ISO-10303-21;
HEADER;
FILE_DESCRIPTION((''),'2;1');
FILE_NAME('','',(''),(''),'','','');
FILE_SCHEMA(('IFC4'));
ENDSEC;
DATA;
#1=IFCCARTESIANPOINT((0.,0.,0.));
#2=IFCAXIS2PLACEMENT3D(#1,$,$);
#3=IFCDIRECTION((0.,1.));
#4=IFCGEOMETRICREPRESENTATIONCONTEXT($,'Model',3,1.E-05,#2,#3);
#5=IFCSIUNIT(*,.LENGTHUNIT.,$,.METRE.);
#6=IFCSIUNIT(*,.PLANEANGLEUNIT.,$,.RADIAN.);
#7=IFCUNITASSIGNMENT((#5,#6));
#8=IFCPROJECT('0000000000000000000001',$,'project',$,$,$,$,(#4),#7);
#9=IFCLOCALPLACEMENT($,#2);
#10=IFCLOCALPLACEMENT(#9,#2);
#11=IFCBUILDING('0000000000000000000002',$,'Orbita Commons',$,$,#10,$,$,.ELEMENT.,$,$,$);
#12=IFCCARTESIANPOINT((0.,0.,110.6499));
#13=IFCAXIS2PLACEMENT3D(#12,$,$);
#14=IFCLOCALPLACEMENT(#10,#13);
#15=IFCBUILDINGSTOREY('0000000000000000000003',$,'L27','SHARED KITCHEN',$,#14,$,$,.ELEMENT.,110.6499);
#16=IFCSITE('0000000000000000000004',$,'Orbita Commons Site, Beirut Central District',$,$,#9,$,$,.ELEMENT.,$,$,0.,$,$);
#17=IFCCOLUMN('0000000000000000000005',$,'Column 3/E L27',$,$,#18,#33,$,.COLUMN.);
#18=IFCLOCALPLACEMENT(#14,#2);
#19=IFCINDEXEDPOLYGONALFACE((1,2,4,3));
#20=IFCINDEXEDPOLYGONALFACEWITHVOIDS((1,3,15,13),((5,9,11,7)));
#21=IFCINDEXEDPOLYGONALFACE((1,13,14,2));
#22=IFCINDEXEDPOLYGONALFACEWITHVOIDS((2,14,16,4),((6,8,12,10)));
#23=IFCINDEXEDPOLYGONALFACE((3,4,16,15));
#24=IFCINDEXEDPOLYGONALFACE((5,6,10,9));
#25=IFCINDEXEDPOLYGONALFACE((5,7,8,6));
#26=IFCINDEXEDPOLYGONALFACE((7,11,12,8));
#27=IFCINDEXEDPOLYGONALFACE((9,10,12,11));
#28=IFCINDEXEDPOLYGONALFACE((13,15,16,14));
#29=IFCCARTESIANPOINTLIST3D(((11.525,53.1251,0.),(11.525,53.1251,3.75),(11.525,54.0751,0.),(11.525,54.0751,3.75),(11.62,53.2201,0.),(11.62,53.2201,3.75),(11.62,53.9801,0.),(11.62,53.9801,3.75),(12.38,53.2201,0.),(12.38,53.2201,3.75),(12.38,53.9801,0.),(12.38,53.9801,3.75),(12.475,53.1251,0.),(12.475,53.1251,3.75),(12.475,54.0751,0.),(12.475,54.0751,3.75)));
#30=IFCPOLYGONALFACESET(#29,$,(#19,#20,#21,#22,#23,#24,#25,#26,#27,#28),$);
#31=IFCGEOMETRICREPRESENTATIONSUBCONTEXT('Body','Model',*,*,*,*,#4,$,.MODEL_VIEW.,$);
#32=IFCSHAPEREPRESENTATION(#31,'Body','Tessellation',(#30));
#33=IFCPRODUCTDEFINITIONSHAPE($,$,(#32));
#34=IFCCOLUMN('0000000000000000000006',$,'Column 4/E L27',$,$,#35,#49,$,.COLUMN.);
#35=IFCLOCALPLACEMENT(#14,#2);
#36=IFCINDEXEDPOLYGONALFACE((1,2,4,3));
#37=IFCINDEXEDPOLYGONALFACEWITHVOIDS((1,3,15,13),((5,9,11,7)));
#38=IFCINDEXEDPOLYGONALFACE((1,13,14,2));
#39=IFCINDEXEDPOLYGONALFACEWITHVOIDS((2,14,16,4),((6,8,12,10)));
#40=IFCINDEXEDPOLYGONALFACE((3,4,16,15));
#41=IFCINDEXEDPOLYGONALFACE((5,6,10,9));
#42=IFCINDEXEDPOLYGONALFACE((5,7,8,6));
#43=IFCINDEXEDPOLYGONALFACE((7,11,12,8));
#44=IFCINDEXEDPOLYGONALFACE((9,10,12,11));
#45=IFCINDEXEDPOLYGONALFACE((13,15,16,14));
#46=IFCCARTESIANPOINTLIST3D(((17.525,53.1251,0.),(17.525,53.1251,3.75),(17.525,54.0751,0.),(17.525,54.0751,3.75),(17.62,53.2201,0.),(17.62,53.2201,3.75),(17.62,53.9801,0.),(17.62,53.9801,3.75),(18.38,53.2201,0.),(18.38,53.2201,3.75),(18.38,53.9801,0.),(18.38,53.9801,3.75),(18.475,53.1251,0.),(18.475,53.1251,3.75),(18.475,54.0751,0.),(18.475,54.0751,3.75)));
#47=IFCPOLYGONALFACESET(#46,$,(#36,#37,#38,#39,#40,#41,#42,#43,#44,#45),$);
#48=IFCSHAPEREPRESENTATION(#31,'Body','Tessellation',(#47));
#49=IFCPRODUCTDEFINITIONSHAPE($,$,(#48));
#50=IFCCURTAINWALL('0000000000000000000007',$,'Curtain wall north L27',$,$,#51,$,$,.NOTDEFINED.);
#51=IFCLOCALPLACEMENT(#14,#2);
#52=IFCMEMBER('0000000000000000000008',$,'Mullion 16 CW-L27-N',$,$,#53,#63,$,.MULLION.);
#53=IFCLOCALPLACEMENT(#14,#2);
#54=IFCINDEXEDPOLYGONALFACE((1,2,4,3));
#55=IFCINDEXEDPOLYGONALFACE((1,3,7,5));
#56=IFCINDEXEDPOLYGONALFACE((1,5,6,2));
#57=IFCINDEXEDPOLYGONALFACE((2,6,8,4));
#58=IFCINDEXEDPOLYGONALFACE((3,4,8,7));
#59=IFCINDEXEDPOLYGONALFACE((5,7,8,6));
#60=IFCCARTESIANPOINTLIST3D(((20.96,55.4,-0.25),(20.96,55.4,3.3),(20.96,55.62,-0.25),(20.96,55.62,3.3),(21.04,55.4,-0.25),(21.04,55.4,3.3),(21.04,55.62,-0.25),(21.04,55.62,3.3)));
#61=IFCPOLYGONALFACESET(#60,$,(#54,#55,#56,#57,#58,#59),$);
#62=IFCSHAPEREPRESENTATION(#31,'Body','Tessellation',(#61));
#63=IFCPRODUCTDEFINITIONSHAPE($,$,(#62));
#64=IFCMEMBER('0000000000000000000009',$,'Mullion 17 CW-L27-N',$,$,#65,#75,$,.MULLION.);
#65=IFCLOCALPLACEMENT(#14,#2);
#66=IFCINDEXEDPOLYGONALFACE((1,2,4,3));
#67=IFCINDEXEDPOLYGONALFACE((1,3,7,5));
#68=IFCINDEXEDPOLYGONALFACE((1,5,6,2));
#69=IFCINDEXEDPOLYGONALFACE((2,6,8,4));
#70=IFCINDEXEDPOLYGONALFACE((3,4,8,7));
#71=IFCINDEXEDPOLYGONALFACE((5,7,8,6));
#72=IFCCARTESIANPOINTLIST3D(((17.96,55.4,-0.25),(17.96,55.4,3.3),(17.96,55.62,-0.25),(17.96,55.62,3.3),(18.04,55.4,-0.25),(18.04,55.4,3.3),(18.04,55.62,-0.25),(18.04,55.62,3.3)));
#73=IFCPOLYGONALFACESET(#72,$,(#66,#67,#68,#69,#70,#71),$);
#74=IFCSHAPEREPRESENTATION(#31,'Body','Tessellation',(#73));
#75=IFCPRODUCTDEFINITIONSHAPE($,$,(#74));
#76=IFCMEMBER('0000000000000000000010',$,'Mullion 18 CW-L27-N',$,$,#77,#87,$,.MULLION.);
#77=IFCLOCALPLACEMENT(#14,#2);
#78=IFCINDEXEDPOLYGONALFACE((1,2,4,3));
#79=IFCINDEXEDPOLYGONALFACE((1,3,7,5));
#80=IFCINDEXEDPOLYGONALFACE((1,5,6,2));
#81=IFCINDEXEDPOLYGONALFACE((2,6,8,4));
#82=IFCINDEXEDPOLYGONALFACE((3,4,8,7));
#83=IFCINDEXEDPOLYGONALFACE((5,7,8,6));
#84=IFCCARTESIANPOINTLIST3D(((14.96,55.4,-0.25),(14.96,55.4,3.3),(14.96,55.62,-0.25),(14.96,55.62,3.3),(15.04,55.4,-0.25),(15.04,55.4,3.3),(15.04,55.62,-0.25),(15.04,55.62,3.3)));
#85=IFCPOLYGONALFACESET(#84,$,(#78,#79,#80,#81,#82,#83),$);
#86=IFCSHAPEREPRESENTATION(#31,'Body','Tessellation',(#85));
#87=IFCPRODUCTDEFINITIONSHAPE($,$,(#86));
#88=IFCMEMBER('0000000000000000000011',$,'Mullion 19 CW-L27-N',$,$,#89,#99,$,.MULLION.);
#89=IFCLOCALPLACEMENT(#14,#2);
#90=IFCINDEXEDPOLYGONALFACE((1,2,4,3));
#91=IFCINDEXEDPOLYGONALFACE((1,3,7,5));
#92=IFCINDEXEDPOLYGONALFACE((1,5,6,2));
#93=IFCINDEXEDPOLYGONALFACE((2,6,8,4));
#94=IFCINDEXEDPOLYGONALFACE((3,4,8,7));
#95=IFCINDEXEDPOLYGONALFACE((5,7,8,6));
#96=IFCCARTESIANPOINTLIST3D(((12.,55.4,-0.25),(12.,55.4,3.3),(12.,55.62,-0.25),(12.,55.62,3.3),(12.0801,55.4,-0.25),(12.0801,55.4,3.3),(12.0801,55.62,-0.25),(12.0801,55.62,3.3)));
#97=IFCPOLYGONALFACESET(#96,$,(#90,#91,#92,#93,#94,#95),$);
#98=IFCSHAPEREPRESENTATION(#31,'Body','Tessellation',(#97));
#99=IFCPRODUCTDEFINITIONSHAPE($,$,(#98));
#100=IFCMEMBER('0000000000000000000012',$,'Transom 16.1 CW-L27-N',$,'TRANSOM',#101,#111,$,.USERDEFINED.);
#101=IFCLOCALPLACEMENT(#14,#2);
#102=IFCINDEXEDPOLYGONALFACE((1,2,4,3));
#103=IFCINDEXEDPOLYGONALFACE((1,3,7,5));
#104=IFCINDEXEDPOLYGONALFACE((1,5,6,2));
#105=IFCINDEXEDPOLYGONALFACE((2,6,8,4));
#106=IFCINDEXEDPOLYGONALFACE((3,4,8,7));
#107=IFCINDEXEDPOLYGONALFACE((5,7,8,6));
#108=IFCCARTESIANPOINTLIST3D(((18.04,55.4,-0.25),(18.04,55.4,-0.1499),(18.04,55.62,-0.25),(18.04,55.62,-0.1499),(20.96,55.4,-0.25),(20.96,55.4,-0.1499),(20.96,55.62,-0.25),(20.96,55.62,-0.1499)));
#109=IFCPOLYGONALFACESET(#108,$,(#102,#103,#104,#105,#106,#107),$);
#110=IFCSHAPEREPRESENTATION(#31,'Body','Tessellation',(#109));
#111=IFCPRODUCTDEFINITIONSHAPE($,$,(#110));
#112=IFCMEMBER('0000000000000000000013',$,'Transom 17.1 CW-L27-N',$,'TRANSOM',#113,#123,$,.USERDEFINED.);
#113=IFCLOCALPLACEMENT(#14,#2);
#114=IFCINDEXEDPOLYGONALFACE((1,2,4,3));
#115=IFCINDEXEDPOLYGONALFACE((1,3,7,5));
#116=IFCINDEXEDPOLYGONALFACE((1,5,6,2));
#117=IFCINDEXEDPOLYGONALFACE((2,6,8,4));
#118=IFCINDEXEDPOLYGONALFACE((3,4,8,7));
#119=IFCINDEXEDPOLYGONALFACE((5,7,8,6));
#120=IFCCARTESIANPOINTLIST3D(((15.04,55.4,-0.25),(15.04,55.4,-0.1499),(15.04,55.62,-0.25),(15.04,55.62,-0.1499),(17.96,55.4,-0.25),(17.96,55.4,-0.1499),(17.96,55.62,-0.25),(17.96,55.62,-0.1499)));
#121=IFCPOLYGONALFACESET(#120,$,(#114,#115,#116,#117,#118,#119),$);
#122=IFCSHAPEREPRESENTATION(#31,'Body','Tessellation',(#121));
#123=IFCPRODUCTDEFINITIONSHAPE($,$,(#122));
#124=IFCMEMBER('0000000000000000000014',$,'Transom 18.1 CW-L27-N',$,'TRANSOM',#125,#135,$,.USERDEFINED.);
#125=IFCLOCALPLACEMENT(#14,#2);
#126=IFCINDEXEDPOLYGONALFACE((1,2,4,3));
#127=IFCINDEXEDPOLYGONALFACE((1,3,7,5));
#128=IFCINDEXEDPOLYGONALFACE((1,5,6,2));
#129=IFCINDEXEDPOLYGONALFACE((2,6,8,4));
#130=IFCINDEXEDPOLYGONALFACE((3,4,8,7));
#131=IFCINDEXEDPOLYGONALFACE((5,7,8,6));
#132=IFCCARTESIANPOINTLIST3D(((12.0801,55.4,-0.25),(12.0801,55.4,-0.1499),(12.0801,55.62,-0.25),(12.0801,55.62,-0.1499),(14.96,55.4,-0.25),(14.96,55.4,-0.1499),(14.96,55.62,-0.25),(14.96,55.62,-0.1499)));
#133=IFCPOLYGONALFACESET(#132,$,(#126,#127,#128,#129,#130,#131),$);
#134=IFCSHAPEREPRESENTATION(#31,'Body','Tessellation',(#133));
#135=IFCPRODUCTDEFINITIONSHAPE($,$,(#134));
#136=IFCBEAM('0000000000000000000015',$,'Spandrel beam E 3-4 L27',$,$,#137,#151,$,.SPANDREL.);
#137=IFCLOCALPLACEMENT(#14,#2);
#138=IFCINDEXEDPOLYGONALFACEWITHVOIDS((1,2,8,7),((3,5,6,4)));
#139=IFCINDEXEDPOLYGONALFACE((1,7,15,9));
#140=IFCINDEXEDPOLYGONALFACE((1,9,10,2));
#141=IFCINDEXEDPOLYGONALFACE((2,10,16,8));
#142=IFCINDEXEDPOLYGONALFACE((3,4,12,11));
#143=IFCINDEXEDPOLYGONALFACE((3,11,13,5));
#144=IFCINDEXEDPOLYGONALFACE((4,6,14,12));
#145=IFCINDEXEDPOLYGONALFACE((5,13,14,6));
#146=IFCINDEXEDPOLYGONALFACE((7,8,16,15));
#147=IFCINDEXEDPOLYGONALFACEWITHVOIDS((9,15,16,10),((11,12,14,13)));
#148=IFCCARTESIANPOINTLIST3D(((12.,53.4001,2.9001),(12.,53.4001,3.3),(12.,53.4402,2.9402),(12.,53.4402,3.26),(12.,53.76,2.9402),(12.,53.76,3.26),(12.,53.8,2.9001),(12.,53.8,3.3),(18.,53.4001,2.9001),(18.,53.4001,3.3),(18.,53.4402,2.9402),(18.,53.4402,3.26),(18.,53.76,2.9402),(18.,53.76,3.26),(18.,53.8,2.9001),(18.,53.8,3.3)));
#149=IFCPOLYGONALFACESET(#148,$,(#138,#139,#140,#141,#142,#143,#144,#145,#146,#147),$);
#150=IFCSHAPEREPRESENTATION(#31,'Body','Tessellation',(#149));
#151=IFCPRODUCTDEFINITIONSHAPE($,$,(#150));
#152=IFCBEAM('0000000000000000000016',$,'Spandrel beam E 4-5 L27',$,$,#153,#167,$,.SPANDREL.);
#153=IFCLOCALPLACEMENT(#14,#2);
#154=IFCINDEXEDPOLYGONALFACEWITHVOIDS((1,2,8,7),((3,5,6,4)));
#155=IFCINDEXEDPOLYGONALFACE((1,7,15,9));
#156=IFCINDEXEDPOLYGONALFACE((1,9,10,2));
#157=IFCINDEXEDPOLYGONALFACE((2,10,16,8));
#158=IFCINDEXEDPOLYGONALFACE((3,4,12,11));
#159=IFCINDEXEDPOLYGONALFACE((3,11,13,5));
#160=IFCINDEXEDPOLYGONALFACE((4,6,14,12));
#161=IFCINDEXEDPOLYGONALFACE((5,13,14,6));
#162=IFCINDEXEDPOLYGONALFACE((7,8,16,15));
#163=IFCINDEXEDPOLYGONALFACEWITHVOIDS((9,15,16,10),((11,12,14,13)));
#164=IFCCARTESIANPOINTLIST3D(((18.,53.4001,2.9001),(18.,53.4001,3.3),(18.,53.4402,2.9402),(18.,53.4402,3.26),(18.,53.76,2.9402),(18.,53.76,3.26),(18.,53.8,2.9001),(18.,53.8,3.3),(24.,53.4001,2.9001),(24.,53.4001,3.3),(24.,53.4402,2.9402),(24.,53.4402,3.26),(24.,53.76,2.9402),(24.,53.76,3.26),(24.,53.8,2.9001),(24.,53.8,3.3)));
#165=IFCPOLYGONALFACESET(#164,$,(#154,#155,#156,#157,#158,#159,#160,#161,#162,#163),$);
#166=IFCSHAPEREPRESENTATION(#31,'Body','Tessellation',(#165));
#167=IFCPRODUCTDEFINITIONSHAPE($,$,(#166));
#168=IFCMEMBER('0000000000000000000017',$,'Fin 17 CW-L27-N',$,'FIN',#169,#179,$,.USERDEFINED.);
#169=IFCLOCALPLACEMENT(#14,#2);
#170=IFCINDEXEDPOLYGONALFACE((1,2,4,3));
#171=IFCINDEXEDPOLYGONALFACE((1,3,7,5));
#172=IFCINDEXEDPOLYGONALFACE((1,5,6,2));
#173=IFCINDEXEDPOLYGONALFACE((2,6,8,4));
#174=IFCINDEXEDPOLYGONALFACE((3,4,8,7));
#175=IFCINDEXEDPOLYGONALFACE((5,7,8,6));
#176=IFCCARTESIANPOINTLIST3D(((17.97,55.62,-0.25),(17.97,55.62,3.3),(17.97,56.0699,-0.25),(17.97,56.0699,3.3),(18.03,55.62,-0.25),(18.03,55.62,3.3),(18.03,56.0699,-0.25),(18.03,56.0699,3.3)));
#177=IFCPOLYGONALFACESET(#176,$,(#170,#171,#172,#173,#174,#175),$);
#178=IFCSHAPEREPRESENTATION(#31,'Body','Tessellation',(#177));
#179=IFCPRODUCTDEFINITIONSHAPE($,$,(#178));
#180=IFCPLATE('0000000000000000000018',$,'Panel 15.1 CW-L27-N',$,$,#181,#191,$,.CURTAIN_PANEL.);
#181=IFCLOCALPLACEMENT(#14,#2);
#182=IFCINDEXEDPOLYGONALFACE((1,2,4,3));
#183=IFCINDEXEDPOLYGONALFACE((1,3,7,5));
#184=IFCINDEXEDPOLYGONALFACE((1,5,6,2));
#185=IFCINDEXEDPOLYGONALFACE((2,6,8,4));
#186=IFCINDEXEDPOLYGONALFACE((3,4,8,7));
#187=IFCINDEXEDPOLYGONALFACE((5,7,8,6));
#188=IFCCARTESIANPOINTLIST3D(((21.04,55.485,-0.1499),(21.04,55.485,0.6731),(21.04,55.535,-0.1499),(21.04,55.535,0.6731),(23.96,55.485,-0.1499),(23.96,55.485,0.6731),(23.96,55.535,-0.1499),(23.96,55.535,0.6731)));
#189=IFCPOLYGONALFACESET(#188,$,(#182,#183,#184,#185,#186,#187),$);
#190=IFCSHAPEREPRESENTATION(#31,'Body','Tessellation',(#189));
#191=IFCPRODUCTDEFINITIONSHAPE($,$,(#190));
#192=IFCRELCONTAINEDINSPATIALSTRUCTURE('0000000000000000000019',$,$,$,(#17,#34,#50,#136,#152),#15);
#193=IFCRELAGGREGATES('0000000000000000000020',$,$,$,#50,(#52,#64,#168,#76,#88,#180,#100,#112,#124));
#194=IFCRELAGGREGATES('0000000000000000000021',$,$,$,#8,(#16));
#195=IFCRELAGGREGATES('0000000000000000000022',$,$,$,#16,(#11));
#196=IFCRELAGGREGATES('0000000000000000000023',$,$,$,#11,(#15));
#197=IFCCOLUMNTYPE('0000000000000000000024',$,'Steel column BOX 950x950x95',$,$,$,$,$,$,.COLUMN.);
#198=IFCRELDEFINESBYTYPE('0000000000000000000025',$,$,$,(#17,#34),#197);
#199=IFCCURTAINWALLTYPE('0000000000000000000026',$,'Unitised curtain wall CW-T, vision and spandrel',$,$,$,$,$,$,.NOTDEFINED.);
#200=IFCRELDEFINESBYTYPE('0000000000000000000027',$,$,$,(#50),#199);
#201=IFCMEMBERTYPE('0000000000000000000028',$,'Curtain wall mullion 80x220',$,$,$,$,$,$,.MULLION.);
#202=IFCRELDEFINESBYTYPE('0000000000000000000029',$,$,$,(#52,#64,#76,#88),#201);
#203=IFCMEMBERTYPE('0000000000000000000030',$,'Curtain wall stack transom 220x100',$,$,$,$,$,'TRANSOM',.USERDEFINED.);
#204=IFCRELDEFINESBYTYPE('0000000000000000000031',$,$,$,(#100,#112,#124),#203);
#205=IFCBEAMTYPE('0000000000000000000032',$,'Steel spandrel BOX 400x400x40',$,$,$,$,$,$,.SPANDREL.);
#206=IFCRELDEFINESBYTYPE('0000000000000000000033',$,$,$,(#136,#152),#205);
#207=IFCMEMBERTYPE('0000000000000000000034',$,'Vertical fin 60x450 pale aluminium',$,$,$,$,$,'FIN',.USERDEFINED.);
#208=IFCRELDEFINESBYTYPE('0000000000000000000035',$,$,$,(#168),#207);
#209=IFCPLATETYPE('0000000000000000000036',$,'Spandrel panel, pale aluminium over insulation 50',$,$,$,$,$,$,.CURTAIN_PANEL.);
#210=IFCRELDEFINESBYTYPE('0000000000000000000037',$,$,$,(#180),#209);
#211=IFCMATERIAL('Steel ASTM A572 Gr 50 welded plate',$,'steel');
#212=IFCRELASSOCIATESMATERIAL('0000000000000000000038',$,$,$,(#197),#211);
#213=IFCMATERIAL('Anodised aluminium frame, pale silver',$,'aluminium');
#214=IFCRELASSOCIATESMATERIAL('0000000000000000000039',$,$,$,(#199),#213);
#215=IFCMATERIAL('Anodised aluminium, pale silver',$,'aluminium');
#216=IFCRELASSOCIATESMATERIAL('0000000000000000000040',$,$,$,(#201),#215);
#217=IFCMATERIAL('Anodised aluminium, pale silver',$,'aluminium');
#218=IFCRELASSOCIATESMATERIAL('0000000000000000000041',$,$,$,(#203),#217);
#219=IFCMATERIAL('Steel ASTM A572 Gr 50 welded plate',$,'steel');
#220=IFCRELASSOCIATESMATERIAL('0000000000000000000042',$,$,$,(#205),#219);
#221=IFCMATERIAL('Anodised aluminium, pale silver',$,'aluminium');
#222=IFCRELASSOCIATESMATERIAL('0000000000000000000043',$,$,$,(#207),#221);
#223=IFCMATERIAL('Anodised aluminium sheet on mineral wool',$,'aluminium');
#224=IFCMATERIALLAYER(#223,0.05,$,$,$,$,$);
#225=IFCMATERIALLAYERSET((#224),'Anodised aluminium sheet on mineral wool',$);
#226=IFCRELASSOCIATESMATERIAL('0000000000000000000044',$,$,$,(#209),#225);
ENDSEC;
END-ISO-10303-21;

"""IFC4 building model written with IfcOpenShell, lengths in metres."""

from ifc_helpers import new_model, si_unit, direction, frame, origin, origin_2d, place, context, subcontext, project, spatial, rectangle, hollow_rectangle, extrude, material, layer, layer_set, material_profile, profile_set, type_object, element, aggregate, save


model = new_model("IFC4")

# Units and contexts
model_context = context("Model", 3, precision=1e-05, world=origin(), true_north=direction((0.0, 1.0)))
body_context = subcontext(model_context, "Body", "Model", "MODEL_VIEW")
ifc_project = project(units=[si_unit("LENGTHUNIT", "METRE"), si_unit("PLANEANGLEUNIT", "RADIAN")], contexts=[model_context])

# Site, building, storey
site_placement = place(None, origin())
site = spatial("IfcSite", under=ifc_project, at=site_placement, Name="Orbita Commons Site, Beirut Central District", CompositionType="ELEMENT", RefElevation=0.0)
building_placement = place(site_placement, origin())
building = spatial("IfcBuilding", under=site, at=building_placement, Name="Orbita Commons", CompositionType="ELEMENT")
storey_placement = place(building_placement, frame((0.0, 0.0, 110.6499)))
storey = spatial("IfcBuildingStorey", under=building, at=storey_placement, Name="L27", Description="SHARED KITCHEN", CompositionType="ELEMENT", Elevation=110.6499)

# Columns
ifc_material_1 = material(Name="Steel ASTM A572 Gr 50 welded plate", Category="steel")
ifc_material_profile_1 = material_profile(ifc_material_1, hollow_rectangle(XDim=0.95, YDim=0.95, WallThickness=0.095, at=origin_2d()), Name="BOX 950x950x95")
ifc_profile_set_1 = profile_set([ifc_material_profile_1], Name="Steel ASTM A572 Gr 50 welded plate")
column_type = type_object("IfcColumnType", Name="Steel column BOX 950x950x95", PredefinedType="COLUMN", material=ifc_profile_set_1)
for number, where, z_axis, x_axis, name in (
    (1, (12.0, 53.6001, 0.0), (0.0, 0.0, 1.0), (1.0, 0.0, 0.0), "Column 3/E L27"),
    (2, (18.0, 53.6001, 0.0), (0.0, 0.0, 1.0), (1.0, 0.0, 0.0), "Column 4/E L27"),
):
    element("IfcColumn", number, at=place(storey_placement, frame(where, z_axis=z_axis, x_axis=x_axis)), inside=storey, type_object=column_type, Name=name, PredefinedType="COLUMN", context=body_context, shape_type="SweptSolid", body=[
        extrude(hollow_rectangle(XDim=0.95, YDim=0.95, WallThickness=0.095, at=origin_2d()), origin(), (0.0, 0.0, 1.0), 3.75),
    ])

# Curtain wall, members
ifc_material_2 = material(Name="Anodised aluminium frame, pale silver", Category="aluminium")
curtain_wall_type = type_object("IfcCurtainWallType", Name="Unitised curtain wall CW-T, vision and spandrel", PredefinedType="NOTDEFINED", material=ifc_material_2)
curtain_wall_placement = place(storey_placement, origin())
curtain_wall = element("IfcCurtainWall", 3, at=curtain_wall_placement, inside=storey, type_object=curtain_wall_type, Name="Curtain wall north L27", PredefinedType="NOTDEFINED")
ifc_material_3 = material(Name="Anodised aluminium, pale silver", Category="aluminium")
ifc_material_profile_2 = material_profile(ifc_material_3, rectangle(XDim=0.0801, YDim=0.22, at=origin_2d()), Name="AL 80x220")
ifc_profile_set_2 = profile_set([ifc_material_profile_2], Name="Anodised aluminium, pale silver")
member_type_1 = type_object("IfcMemberType", Name="Curtain wall mullion 80x220", PredefinedType="MULLION", material=ifc_profile_set_2)
member_1_placement = place(storey_placement, frame((21.0, 55.51, -0.25), z_axis=(0.0, 0.0, 1.0), x_axis=(-1.0, 0.0, 0.0)))
member_1 = element("IfcMember", 4, at=member_1_placement, type_object=member_type_1, Name="Mullion 16 CW-L27-N", PredefinedType="MULLION", context=body_context, shape_type="SweptSolid", body=[
    extrude(rectangle(XDim=0.0801, YDim=0.22, at=origin_2d()), origin(), (0.0, 0.0, 1.0), 3.55),
])
member_2_placement = place(storey_placement, frame((18.0, 55.51, -0.25), z_axis=(0.0, 0.0, 1.0), x_axis=(-1.0, 0.0, 0.0)))
member_2 = element("IfcMember", 5, at=member_2_placement, type_object=member_type_1, Name="Mullion 17 CW-L27-N", PredefinedType="MULLION", context=body_context, shape_type="SweptSolid", body=[
    extrude(rectangle(XDim=0.0801, YDim=0.22, at=origin_2d()), origin(), (0.0, 0.0, 1.0), 3.55),
])
member_3_placement = place(storey_placement, frame((15.0, 55.51, -0.25), z_axis=(0.0, 0.0, 1.0), x_axis=(-1.0, 0.0, 0.0)))
member_3 = element("IfcMember", 6, at=member_3_placement, type_object=member_type_1, Name="Mullion 18 CW-L27-N", PredefinedType="MULLION", context=body_context, shape_type="SweptSolid", body=[
    extrude(rectangle(XDim=0.0801, YDim=0.22, at=origin_2d()), origin(), (0.0, 0.0, 1.0), 3.55),
])
member_4_placement = place(storey_placement, frame((12.04, 55.51, -0.25), z_axis=(0.0, 0.0, 1.0), x_axis=(-1.0, 0.0, 0.0)))
member_4 = element("IfcMember", 7, at=member_4_placement, type_object=member_type_1, Name="Mullion 19 CW-L27-N", PredefinedType="MULLION", context=body_context, shape_type="SweptSolid", body=[
    extrude(rectangle(XDim=0.0801, YDim=0.22, at=origin_2d()), origin(), (0.0, 0.0, 1.0), 3.55),
])
ifc_material_4 = material(Name="Anodised aluminium, pale silver", Category="aluminium")
ifc_material_profile_3 = material_profile(ifc_material_4, rectangle(XDim=0.22, YDim=0.1001, at=origin_2d()), Name="AL 220x100")
ifc_profile_set_3 = profile_set([ifc_material_profile_3], Name="Anodised aluminium, pale silver")
member_type_2 = type_object("IfcMemberType", Name="Curtain wall stack transom 220x100", ElementType="TRANSOM", PredefinedType="USERDEFINED", material=ifc_profile_set_3)
member_5_placement = place(storey_placement, frame((20.96, 55.51, -0.2), z_axis=(-1.0, 0.0, 0.0), x_axis=(0.0, -1.0, 0.0)))
member_5 = element("IfcMember", 8, at=member_5_placement, type_object=member_type_2, Name="Transom 16.1 CW-L27-N", ObjectType="TRANSOM", PredefinedType="USERDEFINED", context=body_context, shape_type="SweptSolid", body=[
    extrude(rectangle(XDim=0.22, YDim=0.1001, at=origin_2d()), origin(), (0.0, 0.0, 1.0), 2.9199),
])
member_6_placement = place(storey_placement, frame((17.96, 55.51, -0.2), z_axis=(-1.0, 0.0, 0.0), x_axis=(0.0, -1.0, 0.0)))
member_6 = element("IfcMember", 9, at=member_6_placement, type_object=member_type_2, Name="Transom 17.1 CW-L27-N", ObjectType="TRANSOM", PredefinedType="USERDEFINED", context=body_context, shape_type="SweptSolid", body=[
    extrude(rectangle(XDim=0.22, YDim=0.1001, at=origin_2d()), origin(), (0.0, 0.0, 1.0), 2.9199),
])
member_7_placement = place(storey_placement, frame((14.96, 55.51, -0.2), z_axis=(-1.0, 0.0, 0.0), x_axis=(0.0, -1.0, 0.0)))
member_7 = element("IfcMember", 10, at=member_7_placement, type_object=member_type_2, Name="Transom 18.1 CW-L27-N", ObjectType="TRANSOM", PredefinedType="USERDEFINED", context=body_context, shape_type="SweptSolid", body=[
    extrude(rectangle(XDim=0.22, YDim=0.1001, at=origin_2d()), origin(), (0.0, 0.0, 1.0), 2.8799),
])

# Beams
ifc_material_5 = material(Name="Steel ASTM A572 Gr 50 welded plate", Category="steel")
ifc_material_profile_4 = material_profile(ifc_material_5, hollow_rectangle(XDim=0.3999, YDim=0.3999, WallThickness=0.04, at=origin_2d()), Name="BOX 400x400x40")
ifc_profile_set_4 = profile_set([ifc_material_profile_4], Name="Steel ASTM A572 Gr 50 welded plate")
beam_type = type_object("IfcBeamType", Name="Steel spandrel BOX 400x400x40", PredefinedType="SPANDREL", material=ifc_profile_set_4)
for number, where, z_axis, x_axis, name in (
    (11, (12.0, 53.6001, 3.1001), (1.0, 0.0, 0.0), (0.0, 1.0, 0.0), "Spandrel beam E 3-4 L27"),
    (12, (18.0, 53.6001, 3.1001), (1.0, 0.0, 0.0), (0.0, 1.0, 0.0), "Spandrel beam E 4-5 L27"),
):
    element("IfcBeam", number, at=place(storey_placement, frame(where, z_axis=z_axis, x_axis=x_axis)), inside=storey, type_object=beam_type, Name=name, PredefinedType="SPANDREL", context=body_context, shape_type="SweptSolid", body=[
        extrude(hollow_rectangle(XDim=0.3999, YDim=0.3999, WallThickness=0.04, at=origin_2d()), origin(), (0.0, 0.0, 1.0), 6.0),
    ])

# Member
ifc_material_6 = material(Name="Anodised aluminium, pale silver", Category="aluminium")
ifc_material_profile_5 = material_profile(ifc_material_6, rectangle(XDim=0.0601, YDim=0.45, at=origin_2d()), Name="FIN 60x450")
ifc_profile_set_5 = profile_set([ifc_material_profile_5], Name="Anodised aluminium, pale silver")
member_type_3 = type_object("IfcMemberType", Name="Vertical fin 60x450 pale aluminium", ElementType="FIN", PredefinedType="USERDEFINED", material=ifc_profile_set_5)
member_8_placement = place(storey_placement, frame((18.0, 55.845, -0.25), z_axis=(0.0, 0.0, 1.0), x_axis=(-1.0, 0.0, 0.0)))
member_8 = element("IfcMember", 13, at=member_8_placement, type_object=member_type_3, Name="Fin 17 CW-L27-N", ObjectType="FIN", PredefinedType="USERDEFINED", context=body_context, shape_type="SweptSolid", body=[
    extrude(rectangle(XDim=0.0601, YDim=0.45, at=origin_2d()), origin(), (0.0, 0.0, 1.0), 3.55),
])

# Plate
ifc_material_7 = material(Name="Anodised aluminium sheet on mineral wool", Category="aluminium")
ifc_layer_1 = layer(ifc_material_7, 0.05)
ifc_layer_set_1 = layer_set([ifc_layer_1], Name="Anodised aluminium sheet on mineral wool")
plate_type_1 = type_object("IfcPlateType", Name="Spandrel panel, pale aluminium over insulation 50", PredefinedType="CURTAIN_PANEL", material=ifc_layer_set_1)
plate_1_placement = place(storey_placement, frame((22.5, 55.51, -0.1499), z_axis=(0.0, 0.0, 1.0), x_axis=(-1.0, 0.0, 0.0)))
plate_1 = element("IfcPlate", 14, at=plate_1_placement, type_object=plate_type_1, Name="Panel 15.1 CW-L27-N", PredefinedType="CURTAIN_PANEL", context=body_context, shape_type="SweptSolid", body=[
    extrude(rectangle(XDim=2.9199, YDim=0.05, at=origin_2d()), origin(), (0.0, 0.0, 1.0), 0.823),
])
aggregate(curtain_wall, [member_1, member_2, member_8, member_3, member_4, plate_1, member_5, member_6, member_7])

save(model, "model.ifc")
